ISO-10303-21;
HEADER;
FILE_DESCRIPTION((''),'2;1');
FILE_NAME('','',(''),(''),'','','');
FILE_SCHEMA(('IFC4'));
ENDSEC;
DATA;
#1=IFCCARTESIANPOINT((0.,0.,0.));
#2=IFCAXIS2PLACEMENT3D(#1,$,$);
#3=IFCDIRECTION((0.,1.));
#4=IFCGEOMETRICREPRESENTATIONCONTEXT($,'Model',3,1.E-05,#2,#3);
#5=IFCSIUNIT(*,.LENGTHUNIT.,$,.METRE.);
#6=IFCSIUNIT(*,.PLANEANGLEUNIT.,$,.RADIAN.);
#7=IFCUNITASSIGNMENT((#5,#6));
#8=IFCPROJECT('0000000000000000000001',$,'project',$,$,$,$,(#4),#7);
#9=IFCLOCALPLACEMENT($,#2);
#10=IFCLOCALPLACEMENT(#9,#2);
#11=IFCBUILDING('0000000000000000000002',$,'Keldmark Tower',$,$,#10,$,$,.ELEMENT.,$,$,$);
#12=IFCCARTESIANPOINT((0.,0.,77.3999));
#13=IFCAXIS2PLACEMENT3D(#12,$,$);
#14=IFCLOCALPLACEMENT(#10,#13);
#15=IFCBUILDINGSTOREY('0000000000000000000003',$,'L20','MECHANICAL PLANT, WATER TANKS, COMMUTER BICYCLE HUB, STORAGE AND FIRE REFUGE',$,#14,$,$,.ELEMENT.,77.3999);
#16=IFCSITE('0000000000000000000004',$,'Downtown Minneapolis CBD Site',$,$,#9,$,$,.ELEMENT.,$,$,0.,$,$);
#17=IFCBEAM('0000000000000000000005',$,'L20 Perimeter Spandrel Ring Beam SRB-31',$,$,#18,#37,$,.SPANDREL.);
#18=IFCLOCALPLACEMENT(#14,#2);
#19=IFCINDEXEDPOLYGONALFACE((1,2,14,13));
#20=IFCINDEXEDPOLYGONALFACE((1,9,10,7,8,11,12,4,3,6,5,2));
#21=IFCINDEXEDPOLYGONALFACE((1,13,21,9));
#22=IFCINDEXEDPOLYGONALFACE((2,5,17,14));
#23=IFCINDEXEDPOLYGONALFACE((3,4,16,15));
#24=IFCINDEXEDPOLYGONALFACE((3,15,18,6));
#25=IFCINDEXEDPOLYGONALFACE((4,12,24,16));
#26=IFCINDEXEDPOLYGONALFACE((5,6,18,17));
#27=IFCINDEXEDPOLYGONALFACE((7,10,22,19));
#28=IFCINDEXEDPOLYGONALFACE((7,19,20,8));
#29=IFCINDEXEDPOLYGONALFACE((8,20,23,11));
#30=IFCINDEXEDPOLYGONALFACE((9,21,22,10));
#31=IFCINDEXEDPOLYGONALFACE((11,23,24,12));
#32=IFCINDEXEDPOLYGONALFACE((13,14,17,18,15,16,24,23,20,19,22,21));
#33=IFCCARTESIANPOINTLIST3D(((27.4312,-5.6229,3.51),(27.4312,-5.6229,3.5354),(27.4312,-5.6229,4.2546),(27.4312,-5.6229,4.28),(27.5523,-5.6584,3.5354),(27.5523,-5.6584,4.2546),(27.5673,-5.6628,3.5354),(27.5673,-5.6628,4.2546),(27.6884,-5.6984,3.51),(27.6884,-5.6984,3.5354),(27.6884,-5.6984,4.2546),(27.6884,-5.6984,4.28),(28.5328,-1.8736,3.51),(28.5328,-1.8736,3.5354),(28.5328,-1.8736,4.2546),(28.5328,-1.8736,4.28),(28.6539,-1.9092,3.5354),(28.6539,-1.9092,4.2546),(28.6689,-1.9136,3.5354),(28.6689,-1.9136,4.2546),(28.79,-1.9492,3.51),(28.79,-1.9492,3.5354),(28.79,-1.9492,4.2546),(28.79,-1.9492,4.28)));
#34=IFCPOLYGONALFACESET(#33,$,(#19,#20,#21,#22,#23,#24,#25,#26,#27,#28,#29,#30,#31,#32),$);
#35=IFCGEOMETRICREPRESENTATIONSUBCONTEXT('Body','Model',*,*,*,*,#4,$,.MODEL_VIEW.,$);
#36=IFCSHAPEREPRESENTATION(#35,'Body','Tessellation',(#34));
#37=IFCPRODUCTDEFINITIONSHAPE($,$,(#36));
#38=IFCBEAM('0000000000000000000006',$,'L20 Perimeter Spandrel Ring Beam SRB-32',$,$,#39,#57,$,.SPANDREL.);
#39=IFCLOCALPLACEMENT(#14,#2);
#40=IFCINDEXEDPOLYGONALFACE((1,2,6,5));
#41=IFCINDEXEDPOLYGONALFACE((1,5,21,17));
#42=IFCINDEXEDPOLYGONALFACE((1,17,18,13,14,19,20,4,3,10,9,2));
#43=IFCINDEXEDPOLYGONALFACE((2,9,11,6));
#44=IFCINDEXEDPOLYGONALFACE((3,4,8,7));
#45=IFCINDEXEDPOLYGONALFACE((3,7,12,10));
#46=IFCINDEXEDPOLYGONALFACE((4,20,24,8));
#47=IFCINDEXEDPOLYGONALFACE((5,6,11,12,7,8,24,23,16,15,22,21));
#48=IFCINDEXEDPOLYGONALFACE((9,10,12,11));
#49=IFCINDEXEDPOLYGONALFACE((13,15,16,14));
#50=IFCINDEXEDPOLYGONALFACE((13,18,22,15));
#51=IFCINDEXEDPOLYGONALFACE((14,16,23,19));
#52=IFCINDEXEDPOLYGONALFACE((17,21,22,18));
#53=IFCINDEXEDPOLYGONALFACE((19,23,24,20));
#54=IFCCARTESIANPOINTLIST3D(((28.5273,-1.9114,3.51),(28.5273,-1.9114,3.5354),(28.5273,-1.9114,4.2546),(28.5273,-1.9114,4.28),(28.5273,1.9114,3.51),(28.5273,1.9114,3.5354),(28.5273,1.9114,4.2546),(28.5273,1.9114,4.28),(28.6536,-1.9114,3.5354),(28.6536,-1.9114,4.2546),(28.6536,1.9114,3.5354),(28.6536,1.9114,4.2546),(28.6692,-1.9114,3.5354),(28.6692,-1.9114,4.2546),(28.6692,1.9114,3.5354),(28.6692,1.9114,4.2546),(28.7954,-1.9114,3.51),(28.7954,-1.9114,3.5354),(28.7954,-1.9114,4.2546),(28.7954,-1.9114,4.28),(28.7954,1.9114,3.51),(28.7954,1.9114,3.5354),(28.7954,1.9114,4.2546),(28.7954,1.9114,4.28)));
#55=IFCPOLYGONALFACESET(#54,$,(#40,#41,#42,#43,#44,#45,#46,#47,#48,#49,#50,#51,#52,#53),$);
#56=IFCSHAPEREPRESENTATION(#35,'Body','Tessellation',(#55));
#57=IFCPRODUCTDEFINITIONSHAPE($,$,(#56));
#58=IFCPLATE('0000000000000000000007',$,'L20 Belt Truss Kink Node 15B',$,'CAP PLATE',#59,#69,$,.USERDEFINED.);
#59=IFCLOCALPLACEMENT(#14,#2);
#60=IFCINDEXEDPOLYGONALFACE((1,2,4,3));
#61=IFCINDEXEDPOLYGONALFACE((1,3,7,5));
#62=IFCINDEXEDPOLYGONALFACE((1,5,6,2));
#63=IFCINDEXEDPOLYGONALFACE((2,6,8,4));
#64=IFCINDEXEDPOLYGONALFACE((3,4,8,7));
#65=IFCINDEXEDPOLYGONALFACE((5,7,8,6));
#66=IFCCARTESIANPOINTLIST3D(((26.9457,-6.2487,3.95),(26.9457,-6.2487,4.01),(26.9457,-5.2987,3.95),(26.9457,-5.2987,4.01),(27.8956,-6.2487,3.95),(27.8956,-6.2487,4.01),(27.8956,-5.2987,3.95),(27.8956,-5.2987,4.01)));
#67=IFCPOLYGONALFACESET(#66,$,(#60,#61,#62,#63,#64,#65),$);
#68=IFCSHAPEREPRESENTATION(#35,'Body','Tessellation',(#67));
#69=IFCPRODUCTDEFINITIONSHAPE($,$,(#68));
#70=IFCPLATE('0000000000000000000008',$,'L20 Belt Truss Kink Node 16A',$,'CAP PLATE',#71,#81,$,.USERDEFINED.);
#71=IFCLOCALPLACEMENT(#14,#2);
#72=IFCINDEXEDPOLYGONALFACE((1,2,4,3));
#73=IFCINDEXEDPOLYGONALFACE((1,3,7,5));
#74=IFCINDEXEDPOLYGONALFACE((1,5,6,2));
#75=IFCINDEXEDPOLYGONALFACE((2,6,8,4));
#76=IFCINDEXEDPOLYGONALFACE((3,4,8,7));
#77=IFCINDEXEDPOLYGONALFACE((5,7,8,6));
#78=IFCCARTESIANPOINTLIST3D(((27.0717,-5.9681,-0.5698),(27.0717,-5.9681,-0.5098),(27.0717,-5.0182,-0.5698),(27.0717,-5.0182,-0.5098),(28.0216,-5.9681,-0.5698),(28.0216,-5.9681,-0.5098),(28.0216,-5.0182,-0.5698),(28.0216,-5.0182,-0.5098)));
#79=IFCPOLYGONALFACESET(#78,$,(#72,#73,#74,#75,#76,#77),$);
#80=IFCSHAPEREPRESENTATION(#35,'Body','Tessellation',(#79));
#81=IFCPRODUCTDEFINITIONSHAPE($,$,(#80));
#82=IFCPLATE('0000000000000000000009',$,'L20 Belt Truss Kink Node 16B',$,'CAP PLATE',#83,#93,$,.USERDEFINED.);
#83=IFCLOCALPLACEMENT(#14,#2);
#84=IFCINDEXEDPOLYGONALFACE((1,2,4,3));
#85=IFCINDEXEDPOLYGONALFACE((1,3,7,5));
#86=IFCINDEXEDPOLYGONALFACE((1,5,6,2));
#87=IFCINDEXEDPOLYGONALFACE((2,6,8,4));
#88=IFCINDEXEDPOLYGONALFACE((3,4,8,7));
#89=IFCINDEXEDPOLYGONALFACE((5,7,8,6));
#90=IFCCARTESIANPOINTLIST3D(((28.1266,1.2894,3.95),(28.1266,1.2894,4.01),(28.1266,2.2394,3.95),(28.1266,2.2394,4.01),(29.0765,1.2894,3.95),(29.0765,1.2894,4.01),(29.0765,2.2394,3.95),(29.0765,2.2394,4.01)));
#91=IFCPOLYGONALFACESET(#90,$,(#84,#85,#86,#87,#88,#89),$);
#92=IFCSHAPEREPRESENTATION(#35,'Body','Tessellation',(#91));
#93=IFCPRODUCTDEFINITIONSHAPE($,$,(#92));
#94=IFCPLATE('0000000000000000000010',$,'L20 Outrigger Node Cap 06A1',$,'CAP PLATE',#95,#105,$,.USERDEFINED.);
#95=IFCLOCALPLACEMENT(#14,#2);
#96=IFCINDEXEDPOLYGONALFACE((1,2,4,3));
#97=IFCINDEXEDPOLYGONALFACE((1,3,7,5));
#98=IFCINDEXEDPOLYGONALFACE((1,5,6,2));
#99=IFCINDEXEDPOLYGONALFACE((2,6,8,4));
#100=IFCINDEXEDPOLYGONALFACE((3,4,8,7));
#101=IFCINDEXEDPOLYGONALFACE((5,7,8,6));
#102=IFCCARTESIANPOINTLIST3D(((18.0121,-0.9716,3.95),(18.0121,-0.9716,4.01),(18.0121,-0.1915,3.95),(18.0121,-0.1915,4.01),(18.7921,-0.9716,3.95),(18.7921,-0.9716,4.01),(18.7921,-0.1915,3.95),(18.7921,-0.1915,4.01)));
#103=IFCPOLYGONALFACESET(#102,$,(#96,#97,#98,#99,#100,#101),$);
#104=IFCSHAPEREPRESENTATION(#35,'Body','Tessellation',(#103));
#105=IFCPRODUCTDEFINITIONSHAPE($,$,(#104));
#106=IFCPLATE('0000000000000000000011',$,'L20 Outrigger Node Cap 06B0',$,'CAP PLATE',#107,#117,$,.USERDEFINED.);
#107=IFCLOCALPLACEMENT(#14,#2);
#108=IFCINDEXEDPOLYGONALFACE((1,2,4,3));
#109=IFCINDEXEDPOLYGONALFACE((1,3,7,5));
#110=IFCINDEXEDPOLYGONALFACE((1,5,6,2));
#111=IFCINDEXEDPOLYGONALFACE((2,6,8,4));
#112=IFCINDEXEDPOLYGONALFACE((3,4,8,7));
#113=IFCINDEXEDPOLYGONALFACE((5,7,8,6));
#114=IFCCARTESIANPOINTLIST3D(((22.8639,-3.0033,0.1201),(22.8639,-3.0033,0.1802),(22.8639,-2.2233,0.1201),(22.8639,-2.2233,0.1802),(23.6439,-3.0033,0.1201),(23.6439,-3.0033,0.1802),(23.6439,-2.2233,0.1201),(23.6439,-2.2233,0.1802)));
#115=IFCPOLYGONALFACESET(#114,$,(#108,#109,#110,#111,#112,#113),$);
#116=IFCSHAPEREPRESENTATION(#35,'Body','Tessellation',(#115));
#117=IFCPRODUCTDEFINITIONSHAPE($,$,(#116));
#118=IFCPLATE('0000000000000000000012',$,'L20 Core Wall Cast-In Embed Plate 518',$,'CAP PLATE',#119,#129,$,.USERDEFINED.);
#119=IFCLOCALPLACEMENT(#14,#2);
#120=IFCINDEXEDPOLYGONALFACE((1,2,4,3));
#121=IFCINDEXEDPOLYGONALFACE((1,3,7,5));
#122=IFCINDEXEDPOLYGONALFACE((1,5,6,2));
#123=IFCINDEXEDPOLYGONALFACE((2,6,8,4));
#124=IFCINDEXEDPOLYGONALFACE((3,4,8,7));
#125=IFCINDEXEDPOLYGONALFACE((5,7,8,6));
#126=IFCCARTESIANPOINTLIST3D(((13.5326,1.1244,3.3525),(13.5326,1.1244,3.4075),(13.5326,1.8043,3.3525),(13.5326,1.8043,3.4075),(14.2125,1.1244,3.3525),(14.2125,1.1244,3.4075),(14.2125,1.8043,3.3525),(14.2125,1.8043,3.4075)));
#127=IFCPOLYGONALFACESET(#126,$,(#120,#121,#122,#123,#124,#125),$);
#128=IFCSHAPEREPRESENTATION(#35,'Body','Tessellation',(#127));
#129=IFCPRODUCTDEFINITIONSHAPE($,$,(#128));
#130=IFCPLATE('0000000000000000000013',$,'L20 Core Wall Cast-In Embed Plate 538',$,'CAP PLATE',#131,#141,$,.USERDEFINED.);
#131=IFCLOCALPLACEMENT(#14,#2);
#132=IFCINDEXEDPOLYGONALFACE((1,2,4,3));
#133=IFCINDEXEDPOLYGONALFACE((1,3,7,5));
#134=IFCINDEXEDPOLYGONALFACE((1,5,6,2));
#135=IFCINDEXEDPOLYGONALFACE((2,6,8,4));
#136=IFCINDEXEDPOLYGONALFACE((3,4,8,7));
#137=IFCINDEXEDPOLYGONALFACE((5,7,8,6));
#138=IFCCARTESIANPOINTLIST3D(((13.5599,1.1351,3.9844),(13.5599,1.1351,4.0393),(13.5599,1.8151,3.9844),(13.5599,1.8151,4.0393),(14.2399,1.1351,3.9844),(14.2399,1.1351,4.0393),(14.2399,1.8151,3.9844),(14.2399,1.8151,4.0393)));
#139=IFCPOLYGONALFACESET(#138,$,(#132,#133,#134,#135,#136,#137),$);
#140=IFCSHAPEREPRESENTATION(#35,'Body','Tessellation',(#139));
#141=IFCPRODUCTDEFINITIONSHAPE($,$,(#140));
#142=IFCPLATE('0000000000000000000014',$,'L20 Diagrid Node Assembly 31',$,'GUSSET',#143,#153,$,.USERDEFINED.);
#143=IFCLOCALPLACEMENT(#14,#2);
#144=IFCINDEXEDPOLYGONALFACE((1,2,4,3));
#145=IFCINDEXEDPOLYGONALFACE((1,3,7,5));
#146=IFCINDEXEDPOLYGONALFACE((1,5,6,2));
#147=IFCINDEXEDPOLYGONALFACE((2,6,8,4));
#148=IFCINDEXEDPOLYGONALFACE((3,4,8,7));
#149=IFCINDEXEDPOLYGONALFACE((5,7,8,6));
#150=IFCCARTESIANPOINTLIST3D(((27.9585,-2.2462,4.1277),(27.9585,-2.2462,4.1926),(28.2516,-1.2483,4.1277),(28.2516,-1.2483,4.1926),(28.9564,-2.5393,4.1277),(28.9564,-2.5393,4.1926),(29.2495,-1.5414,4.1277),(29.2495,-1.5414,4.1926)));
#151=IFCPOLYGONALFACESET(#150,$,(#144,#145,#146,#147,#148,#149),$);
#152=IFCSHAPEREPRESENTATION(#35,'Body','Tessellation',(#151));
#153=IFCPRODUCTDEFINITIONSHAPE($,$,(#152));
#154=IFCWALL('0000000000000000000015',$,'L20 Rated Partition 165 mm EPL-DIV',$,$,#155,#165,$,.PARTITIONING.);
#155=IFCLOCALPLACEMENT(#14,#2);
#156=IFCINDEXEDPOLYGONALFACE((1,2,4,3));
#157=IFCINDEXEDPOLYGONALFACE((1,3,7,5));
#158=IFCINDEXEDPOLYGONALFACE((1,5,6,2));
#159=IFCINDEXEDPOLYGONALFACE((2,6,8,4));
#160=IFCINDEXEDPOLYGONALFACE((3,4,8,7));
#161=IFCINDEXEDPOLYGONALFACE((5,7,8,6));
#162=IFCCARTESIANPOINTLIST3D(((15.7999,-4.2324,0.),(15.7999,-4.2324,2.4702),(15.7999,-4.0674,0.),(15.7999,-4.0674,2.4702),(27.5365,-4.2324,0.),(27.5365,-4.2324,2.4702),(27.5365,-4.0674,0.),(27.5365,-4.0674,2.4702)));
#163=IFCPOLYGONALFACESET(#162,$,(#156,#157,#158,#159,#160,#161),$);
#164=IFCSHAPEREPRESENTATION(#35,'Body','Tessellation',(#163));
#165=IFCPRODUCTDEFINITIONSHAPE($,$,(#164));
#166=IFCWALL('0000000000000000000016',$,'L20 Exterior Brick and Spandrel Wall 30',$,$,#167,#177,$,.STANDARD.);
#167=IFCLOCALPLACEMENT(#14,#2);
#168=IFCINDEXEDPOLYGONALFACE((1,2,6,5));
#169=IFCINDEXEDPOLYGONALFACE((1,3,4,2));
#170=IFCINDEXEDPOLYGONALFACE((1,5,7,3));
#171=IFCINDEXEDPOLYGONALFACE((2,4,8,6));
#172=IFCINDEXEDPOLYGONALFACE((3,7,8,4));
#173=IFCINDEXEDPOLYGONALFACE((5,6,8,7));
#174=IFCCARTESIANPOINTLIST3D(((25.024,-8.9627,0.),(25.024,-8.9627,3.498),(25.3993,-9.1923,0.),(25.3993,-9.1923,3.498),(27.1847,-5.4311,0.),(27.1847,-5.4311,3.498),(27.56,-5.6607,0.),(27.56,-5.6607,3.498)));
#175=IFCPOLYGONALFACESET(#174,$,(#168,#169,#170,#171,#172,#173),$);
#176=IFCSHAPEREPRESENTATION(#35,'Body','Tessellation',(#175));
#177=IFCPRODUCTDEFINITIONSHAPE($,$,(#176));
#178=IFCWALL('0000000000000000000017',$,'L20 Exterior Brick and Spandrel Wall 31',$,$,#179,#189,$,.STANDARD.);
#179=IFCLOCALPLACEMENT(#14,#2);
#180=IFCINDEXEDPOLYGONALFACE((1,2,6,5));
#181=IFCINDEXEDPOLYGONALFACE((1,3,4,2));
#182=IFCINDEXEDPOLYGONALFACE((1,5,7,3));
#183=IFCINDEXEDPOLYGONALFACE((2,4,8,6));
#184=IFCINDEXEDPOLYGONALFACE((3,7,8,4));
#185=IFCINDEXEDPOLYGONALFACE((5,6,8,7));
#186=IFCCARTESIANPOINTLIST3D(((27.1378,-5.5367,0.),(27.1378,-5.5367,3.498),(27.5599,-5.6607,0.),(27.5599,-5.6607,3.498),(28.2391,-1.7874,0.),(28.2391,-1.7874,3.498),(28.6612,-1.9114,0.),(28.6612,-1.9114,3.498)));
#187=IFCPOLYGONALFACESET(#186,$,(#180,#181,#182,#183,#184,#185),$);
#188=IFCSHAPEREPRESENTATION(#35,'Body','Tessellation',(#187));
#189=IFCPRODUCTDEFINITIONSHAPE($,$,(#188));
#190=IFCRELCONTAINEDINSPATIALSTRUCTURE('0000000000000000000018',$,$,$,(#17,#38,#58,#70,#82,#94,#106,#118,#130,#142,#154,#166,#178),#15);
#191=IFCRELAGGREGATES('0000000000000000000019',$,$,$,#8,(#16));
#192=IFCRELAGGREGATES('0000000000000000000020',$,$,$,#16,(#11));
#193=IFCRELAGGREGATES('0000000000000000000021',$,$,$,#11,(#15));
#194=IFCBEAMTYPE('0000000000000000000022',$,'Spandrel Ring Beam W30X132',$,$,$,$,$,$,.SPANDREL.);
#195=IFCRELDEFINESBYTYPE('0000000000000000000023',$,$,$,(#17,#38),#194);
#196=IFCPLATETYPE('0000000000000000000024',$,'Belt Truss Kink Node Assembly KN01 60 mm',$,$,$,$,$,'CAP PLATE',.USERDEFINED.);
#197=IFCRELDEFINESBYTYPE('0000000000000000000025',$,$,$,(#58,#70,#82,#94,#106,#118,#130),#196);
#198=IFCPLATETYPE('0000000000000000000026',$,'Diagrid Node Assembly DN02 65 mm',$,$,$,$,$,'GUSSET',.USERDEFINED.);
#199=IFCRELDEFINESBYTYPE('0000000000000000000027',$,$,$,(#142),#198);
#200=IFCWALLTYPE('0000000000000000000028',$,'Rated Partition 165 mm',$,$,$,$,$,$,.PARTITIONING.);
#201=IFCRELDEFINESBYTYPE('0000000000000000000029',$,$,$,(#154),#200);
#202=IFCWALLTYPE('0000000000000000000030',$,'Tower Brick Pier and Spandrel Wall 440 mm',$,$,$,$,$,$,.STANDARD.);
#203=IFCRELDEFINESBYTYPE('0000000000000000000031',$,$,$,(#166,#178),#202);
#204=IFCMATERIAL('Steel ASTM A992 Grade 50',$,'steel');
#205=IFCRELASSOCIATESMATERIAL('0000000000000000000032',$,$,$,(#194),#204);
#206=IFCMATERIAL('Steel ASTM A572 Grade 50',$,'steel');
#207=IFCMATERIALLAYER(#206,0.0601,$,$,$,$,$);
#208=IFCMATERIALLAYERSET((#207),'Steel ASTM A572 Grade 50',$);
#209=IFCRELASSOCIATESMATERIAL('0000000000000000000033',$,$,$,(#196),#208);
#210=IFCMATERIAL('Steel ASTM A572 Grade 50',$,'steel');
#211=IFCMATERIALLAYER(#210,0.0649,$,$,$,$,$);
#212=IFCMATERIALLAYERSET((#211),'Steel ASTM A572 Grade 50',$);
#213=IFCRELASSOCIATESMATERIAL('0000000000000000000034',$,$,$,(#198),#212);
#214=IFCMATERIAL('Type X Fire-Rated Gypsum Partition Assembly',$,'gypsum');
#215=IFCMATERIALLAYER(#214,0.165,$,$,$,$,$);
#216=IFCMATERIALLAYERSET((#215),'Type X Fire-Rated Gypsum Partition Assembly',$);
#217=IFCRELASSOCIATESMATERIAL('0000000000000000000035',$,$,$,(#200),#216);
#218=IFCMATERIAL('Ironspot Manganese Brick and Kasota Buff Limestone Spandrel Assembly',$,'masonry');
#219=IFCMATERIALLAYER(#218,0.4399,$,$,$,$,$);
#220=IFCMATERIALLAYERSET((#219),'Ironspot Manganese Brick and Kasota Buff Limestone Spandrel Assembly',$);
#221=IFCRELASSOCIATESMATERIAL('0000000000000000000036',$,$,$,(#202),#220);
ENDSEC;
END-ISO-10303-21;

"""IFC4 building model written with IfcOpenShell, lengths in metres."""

from ifc_helpers import new_model, si_unit, direction, frame, frame_2d, origin, origin_2d, place, context, subcontext, project, spatial, rectangle, i_section, extrude, material, layer, layer_set, material_profile, profile_set, type_object, element, save


model = new_model("IFC4")

# Units and contexts
model_context = context("Model", 3, precision=1e-05, world=origin(), true_north=direction((0.0, 1.0)))
body_context = subcontext(model_context, "Body", "Model", "MODEL_VIEW")
ifc_project = project(units=[si_unit("LENGTHUNIT", "METRE"), si_unit("PLANEANGLEUNIT", "RADIAN")], contexts=[model_context])

# Site, building, storey
site_placement = place(None, origin())
site = spatial("IfcSite", under=ifc_project, at=site_placement, Name="Downtown Minneapolis CBD Site", CompositionType="ELEMENT", RefElevation=0.0)
building_placement = place(site_placement, origin())
building = spatial("IfcBuilding", under=site, at=building_placement, Name="Keldmark Tower", CompositionType="ELEMENT")
storey_placement = place(building_placement, frame((0.0, 0.0, 77.3999)))
storey = spatial("IfcBuildingStorey", under=building, at=storey_placement, Name="L20", Description="MECHANICAL PLANT, WATER TANKS, COMMUTER BICYCLE HUB, STORAGE AND FIRE REFUGE", CompositionType="ELEMENT", Elevation=77.3999)

# Beams
ifc_material_1 = material(Name="Steel ASTM A992 Grade 50", Category="steel")
ifc_material_profile_1 = material_profile(ifc_material_1, i_section(OverallWidth=0.2681, OverallDepth=0.77, WebThickness=0.0156, FlangeThickness=0.0254, at=origin_2d()), Name="W30X132")
ifc_profile_set_1 = profile_set([ifc_material_profile_1], Name="Steel ASTM A992 Grade 50")
beam_type_1 = type_object("IfcBeamType", Name="Spandrel Ring Beam W30X132", PredefinedType="SPANDREL", material=ifc_profile_set_1)
beam_1_placement = place(storey_placement, frame((27.5598, -5.6606, 3.895), z_axis=(0.281892, 0.959446, 0.0), x_axis=(-0.959446, 0.281892, 0.0)))
element("IfcBeam", 1, at=beam_1_placement, inside=storey, type_object=beam_type_1, Name="L20 Perimeter Spandrel Ring Beam SRB-31", PredefinedType="SPANDREL", context=body_context, shape_type="SweptSolid", body=[
    extrude(i_section(OverallWidth=0.2681, OverallDepth=0.77, WebThickness=0.0156, FlangeThickness=0.0254, at=origin_2d()), origin(), (0.0, 0.0, 1.0), 3.9077),
])
beam_2_placement = place(storey_placement, frame((28.6614, -1.9114, 3.895), z_axis=(0.0, 1.0, 0.0), x_axis=(-1.0, 0.0, 0.0)))
element("IfcBeam", 2, at=beam_2_placement, inside=storey, type_object=beam_type_1, Name="L20 Perimeter Spandrel Ring Beam SRB-32", PredefinedType="SPANDREL", context=body_context, shape_type="SweptSolid", body=[
    extrude(i_section(OverallWidth=0.2681, OverallDepth=0.77, WebThickness=0.0156, FlangeThickness=0.0254, at=origin_2d()), origin(), (0.0, 0.0, 1.0), 3.8228),
])

# Plates
ifc_material_2 = material(Name="Steel ASTM A572 Grade 50", Category="steel")
ifc_layer_1 = layer(ifc_material_2, 0.0601)
ifc_layer_set_1 = layer_set([ifc_layer_1], Name="Steel ASTM A572 Grade 50")
plate_type_1 = type_object("IfcPlateType", Name="Belt Truss Kink Node Assembly KN01 60 mm", ElementType="CAP PLATE", PredefinedType="USERDEFINED", material=ifc_layer_set_1)
for number, where, z_axis, x_axis, name in (
    (3, (27.4207, -5.7737, 3.95), (0.0, 0.0, 1.0), (1.0, 0.0, 0.0), "L20 Belt Truss Kink Node 15B"),
    (4, (27.5466, -5.4932, -0.5698), (0.0, 0.0, 1.0), (1.0, 0.0, 0.0), "L20 Belt Truss Kink Node 16A"),
    (5, (28.6016, 1.7644, 3.95), (0.0, 0.0, 1.0), (1.0, 0.0, 0.0), "L20 Belt Truss Kink Node 16B"),
):
    element("IfcPlate", number, at=place(storey_placement, frame(where, z_axis=z_axis, x_axis=x_axis)), inside=storey, type_object=plate_type_1, Name=name, ObjectType="CAP PLATE", PredefinedType="USERDEFINED", context=body_context, shape_type="SweptSolid", body=[
        extrude(rectangle(XDim=0.95, YDim=0.95, at=origin_2d()), origin(), (0.0, 0.0, 1.0), 0.0601),
    ])
for number, where, z_axis, x_axis, name in (
    (6, (18.4021, -0.5815, 3.95), (0.0, 0.0, 1.0), (1.0, 0.0, 0.0), "L20 Outrigger Node Cap 06A1"),
    (7, (23.2539, -2.6133, 0.1201), (0.0, 0.0, 1.0), (1.0, 0.0, 0.0), "L20 Outrigger Node Cap 06B0"),
):
    element("IfcPlate", number, at=place(storey_placement, frame(where, z_axis=z_axis, x_axis=x_axis)), inside=storey, type_object=plate_type_1, Name=name, ObjectType="CAP PLATE", PredefinedType="USERDEFINED", context=body_context, shape_type="SweptSolid", body=[
        extrude(rectangle(XDim=0.78, YDim=0.78, at=origin_2d()), origin(), (0.0, 0.0, 1.0), 0.0601),
    ])
for number, where, z_axis, x_axis, name in (
    (8, (13.8726, 1.4644, 3.3525), (0.0, 0.0, 1.0), (1.0, 0.0, 0.0), "L20 Core Wall Cast-In Embed Plate 518"),
    (9, (13.8999, 1.4751, 3.9844), (0.0, 0.0, 1.0), (1.0, 0.0, 0.0), "L20 Core Wall Cast-In Embed Plate 538"),
):
    element("IfcPlate", number, at=place(storey_placement, frame(where, z_axis=z_axis, x_axis=x_axis)), inside=storey, type_object=plate_type_1, Name=name, ObjectType="CAP PLATE", PredefinedType="USERDEFINED", context=body_context, shape_type="SweptSolid", body=[
        extrude(rectangle(XDim=0.6799, YDim=0.6799, at=origin_2d()), origin(), (0.0, 0.0, 1.0), 0.0549),
    ])
ifc_material_3 = material(Name="Steel ASTM A572 Grade 50", Category="steel")
ifc_layer_2 = layer(ifc_material_3, 0.0649)
ifc_layer_set_2 = layer_set([ifc_layer_2], Name="Steel ASTM A572 Grade 50")
plate_type_2 = type_object("IfcPlateType", Name="Diagrid Node Assembly DN02 65 mm", ElementType="GUSSET", PredefinedType="USERDEFINED", material=ifc_layer_set_2)
plate_placement = place(storey_placement, frame((28.604, -1.8938, 4.1277), z_axis=(0.0, 0.0, 1.0), x_axis=(0.281839, 0.959462, 0.0)))
element("IfcPlate", 10, at=plate_placement, inside=storey, type_object=plate_type_2, Name="L20 Diagrid Node Assembly 31", ObjectType="GUSSET", PredefinedType="USERDEFINED", context=body_context, shape_type="SweptSolid", body=[
    extrude(rectangle(XDim=1.04, YDim=1.04, at=origin_2d()), origin(), (0.0, 0.0, 1.0), 0.0649),
])

# Walls
ifc_material_4 = material(Name="Type X Fire-Rated Gypsum Partition Assembly", Category="gypsum")
ifc_layer_3 = layer(ifc_material_4, 0.165)
ifc_layer_set_3 = layer_set([ifc_layer_3], Name="Type X Fire-Rated Gypsum Partition Assembly")
wall_type_1 = type_object("IfcWallType", Name="Rated Partition 165 mm", PredefinedType="PARTITIONING", material=ifc_layer_set_3)
wall_1_placement = place(storey_placement, frame((15.8, -4.1499, 0.0), z_axis=(0.0, 0.0, 1.0), x_axis=(1.0, 0.0, 0.0)))
element("IfcWall", 11, at=wall_1_placement, inside=storey, type_object=wall_type_1, Name="L20 Rated Partition 165 mm EPL-DIV", PredefinedType="PARTITIONING", context=body_context, shape_type="SweptSolid", body=[
    extrude(rectangle(XDim=11.7366, YDim=0.165, at=frame_2d((5.8682, 0.0))), origin(), (0.0, 0.0, 1.0), 2.4702),
])
ifc_material_5 = material(Name="Ironspot Manganese Brick and Kasota Buff Limestone Spandrel Assembly", Category="masonry")
ifc_layer_4 = layer(ifc_material_5, 0.4399)
ifc_layer_set_4 = layer_set([ifc_layer_4], Name="Ironspot Manganese Brick and Kasota Buff Limestone Spandrel Assembly")
wall_type_2 = type_object("IfcWallType", Name="Tower Brick Pier and Spandrel Wall 440 mm", PredefinedType="STANDARD", material=ifc_layer_set_4)
wall_2_placement = place(storey_placement, frame((27.3723, -5.5459, 0.0), z_axis=(0.0, 0.0, 1.0), x_axis=(-0.521891, -0.853012, 0.0)))
element("IfcWall", 12, at=wall_2_placement, inside=storey, type_object=wall_type_2, Name="L20 Exterior Brick and Spandrel Wall 30", PredefinedType="STANDARD", context=body_context, shape_type="SweptSolid", body=[
    extrude(rectangle(XDim=4.1401, YDim=0.4399, at=frame_2d((2.0701, 0.0))), origin(), (0.0, 0.0, 1.0), 3.498),
])
wall_3_placement = place(storey_placement, frame((28.4502, -1.8494, 0.0), z_axis=(0.0, 0.0, 1.0), x_axis=(-0.281835, -0.959463, 0.0)))
element("IfcWall", 13, at=wall_3_placement, inside=storey, type_object=wall_type_2, Name="L20 Exterior Brick and Spandrel Wall 31", PredefinedType="STANDARD", context=body_context, shape_type="SweptSolid", body=[
    extrude(rectangle(XDim=3.9077, YDim=0.4399, at=frame_2d((1.9539, 0.0))), origin(), (0.0, 0.0, 1.0), 3.498),
])

save(model, "model.ifc")
